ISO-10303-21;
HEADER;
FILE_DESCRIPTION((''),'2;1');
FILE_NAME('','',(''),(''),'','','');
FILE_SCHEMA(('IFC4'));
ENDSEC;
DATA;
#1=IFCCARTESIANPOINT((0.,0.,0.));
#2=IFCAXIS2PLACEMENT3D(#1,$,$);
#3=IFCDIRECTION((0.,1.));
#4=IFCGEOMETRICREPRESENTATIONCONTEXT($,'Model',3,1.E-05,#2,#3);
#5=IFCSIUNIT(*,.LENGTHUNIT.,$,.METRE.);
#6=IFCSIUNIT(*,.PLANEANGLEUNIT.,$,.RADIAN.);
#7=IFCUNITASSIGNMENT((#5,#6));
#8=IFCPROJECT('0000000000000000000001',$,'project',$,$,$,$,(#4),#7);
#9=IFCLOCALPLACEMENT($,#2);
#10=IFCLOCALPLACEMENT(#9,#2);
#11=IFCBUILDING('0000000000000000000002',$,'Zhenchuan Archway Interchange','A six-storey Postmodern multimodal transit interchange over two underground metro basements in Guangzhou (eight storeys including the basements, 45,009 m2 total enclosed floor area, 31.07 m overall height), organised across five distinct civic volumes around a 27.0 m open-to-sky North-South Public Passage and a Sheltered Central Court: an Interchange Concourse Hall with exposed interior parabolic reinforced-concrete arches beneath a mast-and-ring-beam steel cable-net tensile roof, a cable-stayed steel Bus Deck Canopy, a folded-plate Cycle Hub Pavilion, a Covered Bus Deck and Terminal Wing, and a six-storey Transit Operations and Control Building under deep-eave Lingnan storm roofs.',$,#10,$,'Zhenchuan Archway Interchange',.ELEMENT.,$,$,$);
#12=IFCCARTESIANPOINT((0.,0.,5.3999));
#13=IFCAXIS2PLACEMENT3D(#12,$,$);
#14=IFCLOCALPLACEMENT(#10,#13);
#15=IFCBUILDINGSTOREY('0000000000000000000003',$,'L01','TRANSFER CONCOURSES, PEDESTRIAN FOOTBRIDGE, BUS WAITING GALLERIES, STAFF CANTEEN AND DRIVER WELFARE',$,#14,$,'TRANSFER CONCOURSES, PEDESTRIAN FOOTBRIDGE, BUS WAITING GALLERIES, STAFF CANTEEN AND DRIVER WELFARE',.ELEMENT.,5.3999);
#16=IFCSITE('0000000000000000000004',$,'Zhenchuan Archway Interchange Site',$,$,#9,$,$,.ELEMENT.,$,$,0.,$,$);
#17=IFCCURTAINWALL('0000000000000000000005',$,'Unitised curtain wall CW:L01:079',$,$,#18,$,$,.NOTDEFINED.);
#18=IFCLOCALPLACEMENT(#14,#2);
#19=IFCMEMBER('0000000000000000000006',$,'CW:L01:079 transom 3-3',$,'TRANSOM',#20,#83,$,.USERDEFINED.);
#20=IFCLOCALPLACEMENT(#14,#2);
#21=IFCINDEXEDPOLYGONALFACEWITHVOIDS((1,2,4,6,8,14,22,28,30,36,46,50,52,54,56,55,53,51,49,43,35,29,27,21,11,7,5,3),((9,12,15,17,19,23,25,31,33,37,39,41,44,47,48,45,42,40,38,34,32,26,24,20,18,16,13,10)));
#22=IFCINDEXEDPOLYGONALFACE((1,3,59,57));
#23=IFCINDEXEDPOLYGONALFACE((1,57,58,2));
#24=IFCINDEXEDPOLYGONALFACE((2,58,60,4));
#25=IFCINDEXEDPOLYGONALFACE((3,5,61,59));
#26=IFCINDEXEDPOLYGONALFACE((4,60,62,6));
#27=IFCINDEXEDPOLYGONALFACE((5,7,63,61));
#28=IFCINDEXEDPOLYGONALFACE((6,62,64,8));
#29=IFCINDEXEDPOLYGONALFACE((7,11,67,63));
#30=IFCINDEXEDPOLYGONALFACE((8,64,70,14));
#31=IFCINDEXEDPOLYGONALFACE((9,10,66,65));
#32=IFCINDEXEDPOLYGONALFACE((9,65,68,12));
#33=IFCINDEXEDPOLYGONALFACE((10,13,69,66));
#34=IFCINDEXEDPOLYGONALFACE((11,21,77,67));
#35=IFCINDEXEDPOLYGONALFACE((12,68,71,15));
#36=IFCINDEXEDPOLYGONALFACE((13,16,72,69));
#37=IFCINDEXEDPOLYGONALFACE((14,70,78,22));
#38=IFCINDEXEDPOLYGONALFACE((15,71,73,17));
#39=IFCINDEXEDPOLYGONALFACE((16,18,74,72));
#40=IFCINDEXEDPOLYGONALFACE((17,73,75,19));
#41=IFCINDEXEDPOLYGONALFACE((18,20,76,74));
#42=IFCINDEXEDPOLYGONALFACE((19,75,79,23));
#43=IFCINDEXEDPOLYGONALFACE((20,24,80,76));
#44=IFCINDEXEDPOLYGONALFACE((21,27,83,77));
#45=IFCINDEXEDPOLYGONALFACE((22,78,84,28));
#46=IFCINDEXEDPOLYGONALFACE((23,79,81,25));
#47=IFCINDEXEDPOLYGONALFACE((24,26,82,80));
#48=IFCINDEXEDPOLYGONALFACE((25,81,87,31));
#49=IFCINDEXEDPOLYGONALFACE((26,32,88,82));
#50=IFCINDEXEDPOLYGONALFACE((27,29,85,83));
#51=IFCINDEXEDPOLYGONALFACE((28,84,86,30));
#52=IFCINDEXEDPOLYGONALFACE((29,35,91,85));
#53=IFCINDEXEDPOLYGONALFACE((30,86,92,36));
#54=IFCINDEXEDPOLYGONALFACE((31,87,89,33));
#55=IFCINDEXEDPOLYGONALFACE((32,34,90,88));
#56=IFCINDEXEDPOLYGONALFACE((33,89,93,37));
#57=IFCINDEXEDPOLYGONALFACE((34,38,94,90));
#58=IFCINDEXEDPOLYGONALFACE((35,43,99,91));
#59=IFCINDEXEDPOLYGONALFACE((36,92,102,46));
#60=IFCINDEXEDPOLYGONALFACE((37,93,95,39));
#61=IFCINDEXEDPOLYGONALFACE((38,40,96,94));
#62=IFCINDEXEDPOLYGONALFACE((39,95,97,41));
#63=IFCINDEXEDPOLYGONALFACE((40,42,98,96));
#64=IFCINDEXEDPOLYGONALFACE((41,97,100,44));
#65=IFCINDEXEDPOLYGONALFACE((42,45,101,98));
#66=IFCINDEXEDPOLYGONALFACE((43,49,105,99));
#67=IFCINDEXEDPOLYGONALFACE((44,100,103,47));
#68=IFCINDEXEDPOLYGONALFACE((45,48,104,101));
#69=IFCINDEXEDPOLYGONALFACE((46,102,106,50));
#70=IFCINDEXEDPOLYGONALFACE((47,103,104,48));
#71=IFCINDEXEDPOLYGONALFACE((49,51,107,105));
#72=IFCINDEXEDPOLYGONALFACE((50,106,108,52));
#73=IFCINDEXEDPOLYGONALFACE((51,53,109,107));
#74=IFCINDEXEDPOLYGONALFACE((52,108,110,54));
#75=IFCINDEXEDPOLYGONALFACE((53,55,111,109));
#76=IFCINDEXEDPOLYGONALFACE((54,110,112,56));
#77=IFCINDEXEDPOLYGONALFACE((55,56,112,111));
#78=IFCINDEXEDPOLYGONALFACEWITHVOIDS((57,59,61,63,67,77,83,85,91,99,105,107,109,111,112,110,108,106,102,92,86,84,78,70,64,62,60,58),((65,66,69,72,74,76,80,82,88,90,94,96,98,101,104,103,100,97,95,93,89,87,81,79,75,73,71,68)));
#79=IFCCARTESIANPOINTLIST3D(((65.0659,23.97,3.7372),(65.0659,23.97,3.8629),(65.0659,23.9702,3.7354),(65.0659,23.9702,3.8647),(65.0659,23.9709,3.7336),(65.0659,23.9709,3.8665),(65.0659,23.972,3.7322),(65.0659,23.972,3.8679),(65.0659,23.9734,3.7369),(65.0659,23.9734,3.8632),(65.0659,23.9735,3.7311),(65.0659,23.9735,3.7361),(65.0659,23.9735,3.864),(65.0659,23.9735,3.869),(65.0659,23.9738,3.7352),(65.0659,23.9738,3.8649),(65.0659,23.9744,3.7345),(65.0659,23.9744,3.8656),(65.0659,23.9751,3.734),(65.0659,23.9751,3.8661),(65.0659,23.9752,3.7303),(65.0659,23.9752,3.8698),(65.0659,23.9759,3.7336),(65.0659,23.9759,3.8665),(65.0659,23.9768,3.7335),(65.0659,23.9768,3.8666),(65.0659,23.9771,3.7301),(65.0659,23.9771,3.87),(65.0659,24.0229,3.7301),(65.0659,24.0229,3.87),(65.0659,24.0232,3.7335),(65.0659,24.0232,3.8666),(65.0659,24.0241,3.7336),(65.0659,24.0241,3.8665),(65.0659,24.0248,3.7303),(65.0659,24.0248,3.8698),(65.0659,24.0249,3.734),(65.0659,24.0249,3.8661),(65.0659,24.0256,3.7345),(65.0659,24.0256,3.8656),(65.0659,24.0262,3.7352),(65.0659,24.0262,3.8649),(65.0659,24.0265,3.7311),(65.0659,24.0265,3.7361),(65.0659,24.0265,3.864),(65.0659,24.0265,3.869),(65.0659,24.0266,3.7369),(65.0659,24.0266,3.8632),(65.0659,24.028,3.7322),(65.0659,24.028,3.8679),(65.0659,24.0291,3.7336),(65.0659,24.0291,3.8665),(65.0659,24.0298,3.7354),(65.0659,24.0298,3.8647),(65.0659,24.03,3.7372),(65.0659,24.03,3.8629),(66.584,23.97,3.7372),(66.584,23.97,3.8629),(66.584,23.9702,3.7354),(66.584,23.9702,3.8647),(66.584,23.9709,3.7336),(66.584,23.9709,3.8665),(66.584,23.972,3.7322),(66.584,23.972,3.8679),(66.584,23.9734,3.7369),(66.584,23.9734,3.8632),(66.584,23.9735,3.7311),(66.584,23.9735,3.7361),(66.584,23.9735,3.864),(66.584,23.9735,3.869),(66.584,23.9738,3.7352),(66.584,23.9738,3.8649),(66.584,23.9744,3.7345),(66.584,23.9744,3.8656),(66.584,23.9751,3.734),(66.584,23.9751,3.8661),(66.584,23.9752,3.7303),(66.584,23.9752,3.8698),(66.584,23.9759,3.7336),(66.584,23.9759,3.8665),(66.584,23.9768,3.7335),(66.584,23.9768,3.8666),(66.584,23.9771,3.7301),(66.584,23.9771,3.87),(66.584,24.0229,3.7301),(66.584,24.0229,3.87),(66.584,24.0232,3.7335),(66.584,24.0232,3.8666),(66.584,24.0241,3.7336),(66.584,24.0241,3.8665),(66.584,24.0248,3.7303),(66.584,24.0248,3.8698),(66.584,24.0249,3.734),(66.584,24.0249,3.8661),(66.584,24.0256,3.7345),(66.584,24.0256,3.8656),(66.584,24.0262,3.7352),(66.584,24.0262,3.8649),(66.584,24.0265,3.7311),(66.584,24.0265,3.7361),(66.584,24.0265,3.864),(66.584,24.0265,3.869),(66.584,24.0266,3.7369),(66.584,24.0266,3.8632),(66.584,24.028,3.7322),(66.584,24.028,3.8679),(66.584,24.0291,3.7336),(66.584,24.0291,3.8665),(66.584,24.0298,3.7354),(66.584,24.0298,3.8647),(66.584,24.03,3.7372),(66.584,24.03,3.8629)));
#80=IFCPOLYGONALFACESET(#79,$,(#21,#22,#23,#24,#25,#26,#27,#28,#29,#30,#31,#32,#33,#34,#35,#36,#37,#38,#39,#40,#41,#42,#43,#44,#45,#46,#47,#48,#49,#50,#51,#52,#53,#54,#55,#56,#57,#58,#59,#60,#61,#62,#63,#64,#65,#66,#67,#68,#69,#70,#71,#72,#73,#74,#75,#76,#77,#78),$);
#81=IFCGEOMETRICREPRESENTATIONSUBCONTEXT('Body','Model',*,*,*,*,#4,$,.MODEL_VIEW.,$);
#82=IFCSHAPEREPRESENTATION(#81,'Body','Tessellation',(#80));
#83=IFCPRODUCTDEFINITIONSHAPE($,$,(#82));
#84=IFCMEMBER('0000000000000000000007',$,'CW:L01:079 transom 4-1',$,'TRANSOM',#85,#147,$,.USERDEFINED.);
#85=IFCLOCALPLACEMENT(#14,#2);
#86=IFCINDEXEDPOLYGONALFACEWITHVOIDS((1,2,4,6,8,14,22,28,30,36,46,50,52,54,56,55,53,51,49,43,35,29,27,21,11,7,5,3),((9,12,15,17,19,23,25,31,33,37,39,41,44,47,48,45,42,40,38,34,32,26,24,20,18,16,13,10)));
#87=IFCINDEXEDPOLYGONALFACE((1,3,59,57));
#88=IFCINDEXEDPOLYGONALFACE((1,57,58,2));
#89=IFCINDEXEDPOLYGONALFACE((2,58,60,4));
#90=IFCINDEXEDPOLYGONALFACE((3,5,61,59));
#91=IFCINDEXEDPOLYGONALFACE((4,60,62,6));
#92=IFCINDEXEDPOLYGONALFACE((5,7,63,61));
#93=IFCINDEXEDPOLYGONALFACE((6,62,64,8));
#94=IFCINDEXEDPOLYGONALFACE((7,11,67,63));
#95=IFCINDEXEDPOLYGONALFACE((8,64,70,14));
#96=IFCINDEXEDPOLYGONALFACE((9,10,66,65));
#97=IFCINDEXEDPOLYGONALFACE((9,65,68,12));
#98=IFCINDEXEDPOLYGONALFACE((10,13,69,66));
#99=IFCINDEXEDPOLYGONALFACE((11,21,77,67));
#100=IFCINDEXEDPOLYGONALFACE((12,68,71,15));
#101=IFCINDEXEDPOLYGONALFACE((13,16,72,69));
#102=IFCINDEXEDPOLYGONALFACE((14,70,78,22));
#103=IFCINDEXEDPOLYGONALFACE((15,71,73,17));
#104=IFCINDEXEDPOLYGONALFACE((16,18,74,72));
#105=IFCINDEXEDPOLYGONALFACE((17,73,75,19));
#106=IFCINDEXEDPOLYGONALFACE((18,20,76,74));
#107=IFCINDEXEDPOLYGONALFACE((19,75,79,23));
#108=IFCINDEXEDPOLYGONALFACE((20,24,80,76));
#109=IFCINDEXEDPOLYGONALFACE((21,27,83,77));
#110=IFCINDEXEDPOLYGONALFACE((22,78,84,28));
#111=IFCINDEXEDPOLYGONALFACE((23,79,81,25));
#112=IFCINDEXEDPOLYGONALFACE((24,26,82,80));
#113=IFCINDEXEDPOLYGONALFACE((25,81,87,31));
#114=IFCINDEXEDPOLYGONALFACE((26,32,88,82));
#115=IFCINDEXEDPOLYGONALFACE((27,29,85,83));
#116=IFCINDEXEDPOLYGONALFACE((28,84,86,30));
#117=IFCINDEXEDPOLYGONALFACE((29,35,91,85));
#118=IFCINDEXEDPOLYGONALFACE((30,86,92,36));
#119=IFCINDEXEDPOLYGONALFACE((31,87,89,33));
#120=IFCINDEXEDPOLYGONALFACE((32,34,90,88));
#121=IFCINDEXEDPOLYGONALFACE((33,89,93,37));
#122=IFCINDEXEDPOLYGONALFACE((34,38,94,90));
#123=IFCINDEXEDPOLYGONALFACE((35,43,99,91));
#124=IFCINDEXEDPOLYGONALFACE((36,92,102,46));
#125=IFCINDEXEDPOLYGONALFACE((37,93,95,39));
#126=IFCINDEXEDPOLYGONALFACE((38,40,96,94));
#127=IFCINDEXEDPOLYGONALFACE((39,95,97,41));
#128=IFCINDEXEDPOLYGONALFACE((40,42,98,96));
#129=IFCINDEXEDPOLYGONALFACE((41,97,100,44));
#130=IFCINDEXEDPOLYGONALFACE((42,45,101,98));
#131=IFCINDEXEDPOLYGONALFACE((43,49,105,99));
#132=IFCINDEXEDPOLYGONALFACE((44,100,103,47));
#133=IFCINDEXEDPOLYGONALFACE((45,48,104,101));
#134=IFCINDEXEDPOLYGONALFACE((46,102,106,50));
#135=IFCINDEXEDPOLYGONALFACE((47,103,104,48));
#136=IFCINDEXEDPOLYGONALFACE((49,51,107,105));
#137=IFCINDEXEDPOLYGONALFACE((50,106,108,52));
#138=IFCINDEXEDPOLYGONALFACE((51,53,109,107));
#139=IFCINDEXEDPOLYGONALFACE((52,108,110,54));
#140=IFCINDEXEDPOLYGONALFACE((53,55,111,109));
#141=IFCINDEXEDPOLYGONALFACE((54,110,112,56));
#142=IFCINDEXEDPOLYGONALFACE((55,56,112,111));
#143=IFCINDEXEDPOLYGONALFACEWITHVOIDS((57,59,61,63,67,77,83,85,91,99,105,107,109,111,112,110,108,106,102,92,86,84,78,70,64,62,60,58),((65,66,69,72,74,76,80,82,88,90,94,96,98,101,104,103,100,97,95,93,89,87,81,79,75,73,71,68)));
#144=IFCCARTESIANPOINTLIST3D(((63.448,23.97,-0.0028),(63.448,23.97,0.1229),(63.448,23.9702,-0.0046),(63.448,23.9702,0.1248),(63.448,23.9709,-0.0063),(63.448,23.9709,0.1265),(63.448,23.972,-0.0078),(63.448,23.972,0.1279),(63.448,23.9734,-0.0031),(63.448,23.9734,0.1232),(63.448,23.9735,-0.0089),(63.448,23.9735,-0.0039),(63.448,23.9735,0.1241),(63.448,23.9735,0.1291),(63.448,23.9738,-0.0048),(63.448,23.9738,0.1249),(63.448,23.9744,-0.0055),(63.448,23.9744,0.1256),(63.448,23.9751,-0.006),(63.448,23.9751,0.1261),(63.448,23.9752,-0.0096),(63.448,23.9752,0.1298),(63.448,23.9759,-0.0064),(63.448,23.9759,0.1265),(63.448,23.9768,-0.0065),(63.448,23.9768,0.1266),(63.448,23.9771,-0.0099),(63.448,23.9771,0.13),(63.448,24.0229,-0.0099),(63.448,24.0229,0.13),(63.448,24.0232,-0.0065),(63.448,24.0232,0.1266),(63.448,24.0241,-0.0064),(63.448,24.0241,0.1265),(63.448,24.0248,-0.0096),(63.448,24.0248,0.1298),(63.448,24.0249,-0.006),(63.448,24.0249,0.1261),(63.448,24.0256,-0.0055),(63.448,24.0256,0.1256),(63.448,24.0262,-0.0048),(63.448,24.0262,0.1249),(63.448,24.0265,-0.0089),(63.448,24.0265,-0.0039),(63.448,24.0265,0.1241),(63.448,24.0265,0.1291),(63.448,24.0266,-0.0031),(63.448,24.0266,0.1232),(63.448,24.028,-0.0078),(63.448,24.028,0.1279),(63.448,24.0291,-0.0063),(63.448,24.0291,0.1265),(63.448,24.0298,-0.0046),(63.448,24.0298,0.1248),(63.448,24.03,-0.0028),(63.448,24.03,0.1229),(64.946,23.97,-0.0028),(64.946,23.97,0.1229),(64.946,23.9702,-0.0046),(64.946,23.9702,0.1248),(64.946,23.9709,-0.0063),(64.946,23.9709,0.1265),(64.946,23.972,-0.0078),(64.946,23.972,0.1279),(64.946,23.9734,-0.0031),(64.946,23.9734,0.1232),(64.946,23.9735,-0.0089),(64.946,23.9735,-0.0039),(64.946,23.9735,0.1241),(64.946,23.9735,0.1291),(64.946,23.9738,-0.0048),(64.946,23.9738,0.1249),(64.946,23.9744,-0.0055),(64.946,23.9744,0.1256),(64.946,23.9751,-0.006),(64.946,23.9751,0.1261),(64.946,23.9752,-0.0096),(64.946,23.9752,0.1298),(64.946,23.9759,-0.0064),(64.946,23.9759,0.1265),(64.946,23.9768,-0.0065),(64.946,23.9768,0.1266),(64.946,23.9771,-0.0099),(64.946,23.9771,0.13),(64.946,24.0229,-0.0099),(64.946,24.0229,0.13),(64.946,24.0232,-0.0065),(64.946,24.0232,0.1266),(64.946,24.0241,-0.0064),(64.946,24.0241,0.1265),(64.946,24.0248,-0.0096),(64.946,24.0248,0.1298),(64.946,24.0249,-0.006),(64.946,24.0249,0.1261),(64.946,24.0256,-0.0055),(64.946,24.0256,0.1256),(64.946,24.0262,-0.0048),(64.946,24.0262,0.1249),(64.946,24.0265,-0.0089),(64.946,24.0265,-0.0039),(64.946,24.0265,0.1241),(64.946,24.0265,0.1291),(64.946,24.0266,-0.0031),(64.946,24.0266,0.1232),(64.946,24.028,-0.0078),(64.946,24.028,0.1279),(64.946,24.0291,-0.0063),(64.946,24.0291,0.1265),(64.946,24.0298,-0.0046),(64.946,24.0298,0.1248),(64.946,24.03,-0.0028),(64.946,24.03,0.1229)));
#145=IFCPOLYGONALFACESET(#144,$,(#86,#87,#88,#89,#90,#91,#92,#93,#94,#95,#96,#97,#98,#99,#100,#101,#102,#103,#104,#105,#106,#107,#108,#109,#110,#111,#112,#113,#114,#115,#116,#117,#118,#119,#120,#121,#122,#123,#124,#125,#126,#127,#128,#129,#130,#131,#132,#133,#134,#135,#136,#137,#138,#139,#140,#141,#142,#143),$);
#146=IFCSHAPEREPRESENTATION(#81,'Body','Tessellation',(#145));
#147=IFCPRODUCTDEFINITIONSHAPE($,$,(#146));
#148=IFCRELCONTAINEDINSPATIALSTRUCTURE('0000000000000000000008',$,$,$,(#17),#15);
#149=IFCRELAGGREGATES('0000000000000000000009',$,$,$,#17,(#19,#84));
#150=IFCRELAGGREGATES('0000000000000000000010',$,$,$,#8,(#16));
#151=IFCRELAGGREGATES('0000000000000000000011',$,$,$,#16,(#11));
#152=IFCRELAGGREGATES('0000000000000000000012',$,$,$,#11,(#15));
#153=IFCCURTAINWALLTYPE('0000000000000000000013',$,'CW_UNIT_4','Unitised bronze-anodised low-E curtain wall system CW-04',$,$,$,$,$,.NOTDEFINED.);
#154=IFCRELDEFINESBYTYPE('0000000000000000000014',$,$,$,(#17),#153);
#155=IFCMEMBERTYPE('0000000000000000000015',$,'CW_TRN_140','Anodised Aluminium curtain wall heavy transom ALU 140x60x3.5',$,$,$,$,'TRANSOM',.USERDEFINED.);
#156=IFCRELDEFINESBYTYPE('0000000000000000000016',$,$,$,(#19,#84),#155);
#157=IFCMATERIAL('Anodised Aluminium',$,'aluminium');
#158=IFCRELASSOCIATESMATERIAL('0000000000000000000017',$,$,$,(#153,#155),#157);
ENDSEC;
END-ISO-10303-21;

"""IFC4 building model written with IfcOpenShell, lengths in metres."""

from ifc_helpers import new_model, si_unit, direction, frame, origin, origin_2d, place, context, subcontext, project, spatial, hollow_rectangle, extrude, material, material_profile, profile_set, type_object, element, aggregate, save


model = new_model("IFC4")

# Units and contexts
model_context = context("Model", 3, precision=1e-05, world=origin(), true_north=direction((0.0, 1.0)))
body_context = subcontext(model_context, "Body", "Model", "MODEL_VIEW")
ifc_project = project(units=[si_unit("LENGTHUNIT", "METRE"), si_unit("PLANEANGLEUNIT", "RADIAN")], contexts=[model_context])

# Site, building, storey
site_placement = place(None, origin())
site = spatial("IfcSite", under=ifc_project, at=site_placement, Name="Zhenchuan Archway Interchange Site", CompositionType="ELEMENT", RefElevation=0.0)
building_placement = place(site_placement, origin())
building = spatial("IfcBuilding", under=site, at=building_placement, Name="Zhenchuan Archway Interchange", Description="A six-storey Postmodern multimodal transit interchange over two underground metro basements in Guangzhou (eight storeys including the basements, 45,009 m2 total enclosed floor area, 31.07 m overall height), organised across five distinct civic volumes around a 27.0 m open-to-sky North-South Public Passage and a Sheltered Central Court: an Interchange Concourse Hall with exposed interior parabolic reinforced-concrete arches beneath a mast-and-ring-beam steel cable-net tensile roof, a cable-stayed steel Bus Deck Canopy, a folded-plate Cycle Hub Pavilion, a Covered Bus Deck and Terminal Wing, and a six-storey Transit Operations and Control Building under deep-eave Lingnan storm roofs.", LongName="Zhenchuan Archway Interchange", CompositionType="ELEMENT")
storey_placement = place(building_placement, frame((0.0, 0.0, 5.3999)))
storey = spatial("IfcBuildingStorey", under=building, at=storey_placement, Name="L01", Description="TRANSFER CONCOURSES, PEDESTRIAN FOOTBRIDGE, BUS WAITING GALLERIES, STAFF CANTEEN AND DRIVER WELFARE", LongName="TRANSFER CONCOURSES, PEDESTRIAN FOOTBRIDGE, BUS WAITING GALLERIES, STAFF CANTEEN AND DRIVER WELFARE", CompositionType="ELEMENT", Elevation=5.3999)

# Curtain wall, members
ifc_material_1 = material(Name="Anodised Aluminium", Category="aluminium")
curtain_wall_type = type_object("IfcCurtainWallType", Name="CW_UNIT_4", Description="Unitised bronze-anodised low-E curtain wall system CW-04", PredefinedType="NOTDEFINED", material=ifc_material_1)
curtain_wall_placement = place(storey_placement, origin())
curtain_wall = element("IfcCurtainWall", 1, at=curtain_wall_placement, inside=storey, type_object=curtain_wall_type, Name="Unitised curtain wall CW:L01:079", PredefinedType="NOTDEFINED")
ifc_material_profile_1 = material_profile(ifc_material_1, hollow_rectangle(XDim=0.0601, YDim=0.1399, WallThickness=0.0034, InnerFilletRadius=0.0034, OuterFilletRadius=0.0071, at=origin_2d()), Name="ALU 140x60x3.5")
ifc_profile_set_1 = profile_set([ifc_material_profile_1], Name="Anodised Aluminium")
member_type_1 = type_object("IfcMemberType", Name="CW_TRN_140", Description="Anodised Aluminium curtain wall heavy transom ALU 140x60x3.5", ElementType="TRANSOM", PredefinedType="USERDEFINED", material=ifc_profile_set_1)
member_1_placement = place(storey_placement, frame((66.584, 24.0, 3.8), z_axis=(-1.0, 0.0, 0.0), x_axis=(0.0, -1.0, 0.0)))
member_1 = element("IfcMember", 2, at=member_1_placement, type_object=member_type_1, Name="CW:L01:079 transom 3-3", ObjectType="TRANSOM", PredefinedType="USERDEFINED", context=body_context, shape_type="SweptSolid", body=[
    extrude(hollow_rectangle(XDim=0.0601, YDim=0.1399, WallThickness=0.0034, InnerFilletRadius=0.0034, OuterFilletRadius=0.0071, at=origin_2d()), origin(), (0.0, 0.0, 1.0), 1.5181),
])
member_2_placement = place(storey_placement, frame((64.946, 24.0, 0.0601), z_axis=(-1.0, 0.0, 0.0), x_axis=(0.0, -1.0, 0.0)))
member_2 = element("IfcMember", 3, at=member_2_placement, type_object=member_type_1, Name="CW:L01:079 transom 4-1", ObjectType="TRANSOM", PredefinedType="USERDEFINED", context=body_context, shape_type="SweptSolid", body=[
    extrude(hollow_rectangle(XDim=0.0601, YDim=0.1399, WallThickness=0.0034, InnerFilletRadius=0.0034, OuterFilletRadius=0.0071, at=origin_2d()), origin(), (0.0, 0.0, 1.0), 1.498),
])

aggregate(curtain_wall, [member_1, member_2])

save(model, "model.ifc")
